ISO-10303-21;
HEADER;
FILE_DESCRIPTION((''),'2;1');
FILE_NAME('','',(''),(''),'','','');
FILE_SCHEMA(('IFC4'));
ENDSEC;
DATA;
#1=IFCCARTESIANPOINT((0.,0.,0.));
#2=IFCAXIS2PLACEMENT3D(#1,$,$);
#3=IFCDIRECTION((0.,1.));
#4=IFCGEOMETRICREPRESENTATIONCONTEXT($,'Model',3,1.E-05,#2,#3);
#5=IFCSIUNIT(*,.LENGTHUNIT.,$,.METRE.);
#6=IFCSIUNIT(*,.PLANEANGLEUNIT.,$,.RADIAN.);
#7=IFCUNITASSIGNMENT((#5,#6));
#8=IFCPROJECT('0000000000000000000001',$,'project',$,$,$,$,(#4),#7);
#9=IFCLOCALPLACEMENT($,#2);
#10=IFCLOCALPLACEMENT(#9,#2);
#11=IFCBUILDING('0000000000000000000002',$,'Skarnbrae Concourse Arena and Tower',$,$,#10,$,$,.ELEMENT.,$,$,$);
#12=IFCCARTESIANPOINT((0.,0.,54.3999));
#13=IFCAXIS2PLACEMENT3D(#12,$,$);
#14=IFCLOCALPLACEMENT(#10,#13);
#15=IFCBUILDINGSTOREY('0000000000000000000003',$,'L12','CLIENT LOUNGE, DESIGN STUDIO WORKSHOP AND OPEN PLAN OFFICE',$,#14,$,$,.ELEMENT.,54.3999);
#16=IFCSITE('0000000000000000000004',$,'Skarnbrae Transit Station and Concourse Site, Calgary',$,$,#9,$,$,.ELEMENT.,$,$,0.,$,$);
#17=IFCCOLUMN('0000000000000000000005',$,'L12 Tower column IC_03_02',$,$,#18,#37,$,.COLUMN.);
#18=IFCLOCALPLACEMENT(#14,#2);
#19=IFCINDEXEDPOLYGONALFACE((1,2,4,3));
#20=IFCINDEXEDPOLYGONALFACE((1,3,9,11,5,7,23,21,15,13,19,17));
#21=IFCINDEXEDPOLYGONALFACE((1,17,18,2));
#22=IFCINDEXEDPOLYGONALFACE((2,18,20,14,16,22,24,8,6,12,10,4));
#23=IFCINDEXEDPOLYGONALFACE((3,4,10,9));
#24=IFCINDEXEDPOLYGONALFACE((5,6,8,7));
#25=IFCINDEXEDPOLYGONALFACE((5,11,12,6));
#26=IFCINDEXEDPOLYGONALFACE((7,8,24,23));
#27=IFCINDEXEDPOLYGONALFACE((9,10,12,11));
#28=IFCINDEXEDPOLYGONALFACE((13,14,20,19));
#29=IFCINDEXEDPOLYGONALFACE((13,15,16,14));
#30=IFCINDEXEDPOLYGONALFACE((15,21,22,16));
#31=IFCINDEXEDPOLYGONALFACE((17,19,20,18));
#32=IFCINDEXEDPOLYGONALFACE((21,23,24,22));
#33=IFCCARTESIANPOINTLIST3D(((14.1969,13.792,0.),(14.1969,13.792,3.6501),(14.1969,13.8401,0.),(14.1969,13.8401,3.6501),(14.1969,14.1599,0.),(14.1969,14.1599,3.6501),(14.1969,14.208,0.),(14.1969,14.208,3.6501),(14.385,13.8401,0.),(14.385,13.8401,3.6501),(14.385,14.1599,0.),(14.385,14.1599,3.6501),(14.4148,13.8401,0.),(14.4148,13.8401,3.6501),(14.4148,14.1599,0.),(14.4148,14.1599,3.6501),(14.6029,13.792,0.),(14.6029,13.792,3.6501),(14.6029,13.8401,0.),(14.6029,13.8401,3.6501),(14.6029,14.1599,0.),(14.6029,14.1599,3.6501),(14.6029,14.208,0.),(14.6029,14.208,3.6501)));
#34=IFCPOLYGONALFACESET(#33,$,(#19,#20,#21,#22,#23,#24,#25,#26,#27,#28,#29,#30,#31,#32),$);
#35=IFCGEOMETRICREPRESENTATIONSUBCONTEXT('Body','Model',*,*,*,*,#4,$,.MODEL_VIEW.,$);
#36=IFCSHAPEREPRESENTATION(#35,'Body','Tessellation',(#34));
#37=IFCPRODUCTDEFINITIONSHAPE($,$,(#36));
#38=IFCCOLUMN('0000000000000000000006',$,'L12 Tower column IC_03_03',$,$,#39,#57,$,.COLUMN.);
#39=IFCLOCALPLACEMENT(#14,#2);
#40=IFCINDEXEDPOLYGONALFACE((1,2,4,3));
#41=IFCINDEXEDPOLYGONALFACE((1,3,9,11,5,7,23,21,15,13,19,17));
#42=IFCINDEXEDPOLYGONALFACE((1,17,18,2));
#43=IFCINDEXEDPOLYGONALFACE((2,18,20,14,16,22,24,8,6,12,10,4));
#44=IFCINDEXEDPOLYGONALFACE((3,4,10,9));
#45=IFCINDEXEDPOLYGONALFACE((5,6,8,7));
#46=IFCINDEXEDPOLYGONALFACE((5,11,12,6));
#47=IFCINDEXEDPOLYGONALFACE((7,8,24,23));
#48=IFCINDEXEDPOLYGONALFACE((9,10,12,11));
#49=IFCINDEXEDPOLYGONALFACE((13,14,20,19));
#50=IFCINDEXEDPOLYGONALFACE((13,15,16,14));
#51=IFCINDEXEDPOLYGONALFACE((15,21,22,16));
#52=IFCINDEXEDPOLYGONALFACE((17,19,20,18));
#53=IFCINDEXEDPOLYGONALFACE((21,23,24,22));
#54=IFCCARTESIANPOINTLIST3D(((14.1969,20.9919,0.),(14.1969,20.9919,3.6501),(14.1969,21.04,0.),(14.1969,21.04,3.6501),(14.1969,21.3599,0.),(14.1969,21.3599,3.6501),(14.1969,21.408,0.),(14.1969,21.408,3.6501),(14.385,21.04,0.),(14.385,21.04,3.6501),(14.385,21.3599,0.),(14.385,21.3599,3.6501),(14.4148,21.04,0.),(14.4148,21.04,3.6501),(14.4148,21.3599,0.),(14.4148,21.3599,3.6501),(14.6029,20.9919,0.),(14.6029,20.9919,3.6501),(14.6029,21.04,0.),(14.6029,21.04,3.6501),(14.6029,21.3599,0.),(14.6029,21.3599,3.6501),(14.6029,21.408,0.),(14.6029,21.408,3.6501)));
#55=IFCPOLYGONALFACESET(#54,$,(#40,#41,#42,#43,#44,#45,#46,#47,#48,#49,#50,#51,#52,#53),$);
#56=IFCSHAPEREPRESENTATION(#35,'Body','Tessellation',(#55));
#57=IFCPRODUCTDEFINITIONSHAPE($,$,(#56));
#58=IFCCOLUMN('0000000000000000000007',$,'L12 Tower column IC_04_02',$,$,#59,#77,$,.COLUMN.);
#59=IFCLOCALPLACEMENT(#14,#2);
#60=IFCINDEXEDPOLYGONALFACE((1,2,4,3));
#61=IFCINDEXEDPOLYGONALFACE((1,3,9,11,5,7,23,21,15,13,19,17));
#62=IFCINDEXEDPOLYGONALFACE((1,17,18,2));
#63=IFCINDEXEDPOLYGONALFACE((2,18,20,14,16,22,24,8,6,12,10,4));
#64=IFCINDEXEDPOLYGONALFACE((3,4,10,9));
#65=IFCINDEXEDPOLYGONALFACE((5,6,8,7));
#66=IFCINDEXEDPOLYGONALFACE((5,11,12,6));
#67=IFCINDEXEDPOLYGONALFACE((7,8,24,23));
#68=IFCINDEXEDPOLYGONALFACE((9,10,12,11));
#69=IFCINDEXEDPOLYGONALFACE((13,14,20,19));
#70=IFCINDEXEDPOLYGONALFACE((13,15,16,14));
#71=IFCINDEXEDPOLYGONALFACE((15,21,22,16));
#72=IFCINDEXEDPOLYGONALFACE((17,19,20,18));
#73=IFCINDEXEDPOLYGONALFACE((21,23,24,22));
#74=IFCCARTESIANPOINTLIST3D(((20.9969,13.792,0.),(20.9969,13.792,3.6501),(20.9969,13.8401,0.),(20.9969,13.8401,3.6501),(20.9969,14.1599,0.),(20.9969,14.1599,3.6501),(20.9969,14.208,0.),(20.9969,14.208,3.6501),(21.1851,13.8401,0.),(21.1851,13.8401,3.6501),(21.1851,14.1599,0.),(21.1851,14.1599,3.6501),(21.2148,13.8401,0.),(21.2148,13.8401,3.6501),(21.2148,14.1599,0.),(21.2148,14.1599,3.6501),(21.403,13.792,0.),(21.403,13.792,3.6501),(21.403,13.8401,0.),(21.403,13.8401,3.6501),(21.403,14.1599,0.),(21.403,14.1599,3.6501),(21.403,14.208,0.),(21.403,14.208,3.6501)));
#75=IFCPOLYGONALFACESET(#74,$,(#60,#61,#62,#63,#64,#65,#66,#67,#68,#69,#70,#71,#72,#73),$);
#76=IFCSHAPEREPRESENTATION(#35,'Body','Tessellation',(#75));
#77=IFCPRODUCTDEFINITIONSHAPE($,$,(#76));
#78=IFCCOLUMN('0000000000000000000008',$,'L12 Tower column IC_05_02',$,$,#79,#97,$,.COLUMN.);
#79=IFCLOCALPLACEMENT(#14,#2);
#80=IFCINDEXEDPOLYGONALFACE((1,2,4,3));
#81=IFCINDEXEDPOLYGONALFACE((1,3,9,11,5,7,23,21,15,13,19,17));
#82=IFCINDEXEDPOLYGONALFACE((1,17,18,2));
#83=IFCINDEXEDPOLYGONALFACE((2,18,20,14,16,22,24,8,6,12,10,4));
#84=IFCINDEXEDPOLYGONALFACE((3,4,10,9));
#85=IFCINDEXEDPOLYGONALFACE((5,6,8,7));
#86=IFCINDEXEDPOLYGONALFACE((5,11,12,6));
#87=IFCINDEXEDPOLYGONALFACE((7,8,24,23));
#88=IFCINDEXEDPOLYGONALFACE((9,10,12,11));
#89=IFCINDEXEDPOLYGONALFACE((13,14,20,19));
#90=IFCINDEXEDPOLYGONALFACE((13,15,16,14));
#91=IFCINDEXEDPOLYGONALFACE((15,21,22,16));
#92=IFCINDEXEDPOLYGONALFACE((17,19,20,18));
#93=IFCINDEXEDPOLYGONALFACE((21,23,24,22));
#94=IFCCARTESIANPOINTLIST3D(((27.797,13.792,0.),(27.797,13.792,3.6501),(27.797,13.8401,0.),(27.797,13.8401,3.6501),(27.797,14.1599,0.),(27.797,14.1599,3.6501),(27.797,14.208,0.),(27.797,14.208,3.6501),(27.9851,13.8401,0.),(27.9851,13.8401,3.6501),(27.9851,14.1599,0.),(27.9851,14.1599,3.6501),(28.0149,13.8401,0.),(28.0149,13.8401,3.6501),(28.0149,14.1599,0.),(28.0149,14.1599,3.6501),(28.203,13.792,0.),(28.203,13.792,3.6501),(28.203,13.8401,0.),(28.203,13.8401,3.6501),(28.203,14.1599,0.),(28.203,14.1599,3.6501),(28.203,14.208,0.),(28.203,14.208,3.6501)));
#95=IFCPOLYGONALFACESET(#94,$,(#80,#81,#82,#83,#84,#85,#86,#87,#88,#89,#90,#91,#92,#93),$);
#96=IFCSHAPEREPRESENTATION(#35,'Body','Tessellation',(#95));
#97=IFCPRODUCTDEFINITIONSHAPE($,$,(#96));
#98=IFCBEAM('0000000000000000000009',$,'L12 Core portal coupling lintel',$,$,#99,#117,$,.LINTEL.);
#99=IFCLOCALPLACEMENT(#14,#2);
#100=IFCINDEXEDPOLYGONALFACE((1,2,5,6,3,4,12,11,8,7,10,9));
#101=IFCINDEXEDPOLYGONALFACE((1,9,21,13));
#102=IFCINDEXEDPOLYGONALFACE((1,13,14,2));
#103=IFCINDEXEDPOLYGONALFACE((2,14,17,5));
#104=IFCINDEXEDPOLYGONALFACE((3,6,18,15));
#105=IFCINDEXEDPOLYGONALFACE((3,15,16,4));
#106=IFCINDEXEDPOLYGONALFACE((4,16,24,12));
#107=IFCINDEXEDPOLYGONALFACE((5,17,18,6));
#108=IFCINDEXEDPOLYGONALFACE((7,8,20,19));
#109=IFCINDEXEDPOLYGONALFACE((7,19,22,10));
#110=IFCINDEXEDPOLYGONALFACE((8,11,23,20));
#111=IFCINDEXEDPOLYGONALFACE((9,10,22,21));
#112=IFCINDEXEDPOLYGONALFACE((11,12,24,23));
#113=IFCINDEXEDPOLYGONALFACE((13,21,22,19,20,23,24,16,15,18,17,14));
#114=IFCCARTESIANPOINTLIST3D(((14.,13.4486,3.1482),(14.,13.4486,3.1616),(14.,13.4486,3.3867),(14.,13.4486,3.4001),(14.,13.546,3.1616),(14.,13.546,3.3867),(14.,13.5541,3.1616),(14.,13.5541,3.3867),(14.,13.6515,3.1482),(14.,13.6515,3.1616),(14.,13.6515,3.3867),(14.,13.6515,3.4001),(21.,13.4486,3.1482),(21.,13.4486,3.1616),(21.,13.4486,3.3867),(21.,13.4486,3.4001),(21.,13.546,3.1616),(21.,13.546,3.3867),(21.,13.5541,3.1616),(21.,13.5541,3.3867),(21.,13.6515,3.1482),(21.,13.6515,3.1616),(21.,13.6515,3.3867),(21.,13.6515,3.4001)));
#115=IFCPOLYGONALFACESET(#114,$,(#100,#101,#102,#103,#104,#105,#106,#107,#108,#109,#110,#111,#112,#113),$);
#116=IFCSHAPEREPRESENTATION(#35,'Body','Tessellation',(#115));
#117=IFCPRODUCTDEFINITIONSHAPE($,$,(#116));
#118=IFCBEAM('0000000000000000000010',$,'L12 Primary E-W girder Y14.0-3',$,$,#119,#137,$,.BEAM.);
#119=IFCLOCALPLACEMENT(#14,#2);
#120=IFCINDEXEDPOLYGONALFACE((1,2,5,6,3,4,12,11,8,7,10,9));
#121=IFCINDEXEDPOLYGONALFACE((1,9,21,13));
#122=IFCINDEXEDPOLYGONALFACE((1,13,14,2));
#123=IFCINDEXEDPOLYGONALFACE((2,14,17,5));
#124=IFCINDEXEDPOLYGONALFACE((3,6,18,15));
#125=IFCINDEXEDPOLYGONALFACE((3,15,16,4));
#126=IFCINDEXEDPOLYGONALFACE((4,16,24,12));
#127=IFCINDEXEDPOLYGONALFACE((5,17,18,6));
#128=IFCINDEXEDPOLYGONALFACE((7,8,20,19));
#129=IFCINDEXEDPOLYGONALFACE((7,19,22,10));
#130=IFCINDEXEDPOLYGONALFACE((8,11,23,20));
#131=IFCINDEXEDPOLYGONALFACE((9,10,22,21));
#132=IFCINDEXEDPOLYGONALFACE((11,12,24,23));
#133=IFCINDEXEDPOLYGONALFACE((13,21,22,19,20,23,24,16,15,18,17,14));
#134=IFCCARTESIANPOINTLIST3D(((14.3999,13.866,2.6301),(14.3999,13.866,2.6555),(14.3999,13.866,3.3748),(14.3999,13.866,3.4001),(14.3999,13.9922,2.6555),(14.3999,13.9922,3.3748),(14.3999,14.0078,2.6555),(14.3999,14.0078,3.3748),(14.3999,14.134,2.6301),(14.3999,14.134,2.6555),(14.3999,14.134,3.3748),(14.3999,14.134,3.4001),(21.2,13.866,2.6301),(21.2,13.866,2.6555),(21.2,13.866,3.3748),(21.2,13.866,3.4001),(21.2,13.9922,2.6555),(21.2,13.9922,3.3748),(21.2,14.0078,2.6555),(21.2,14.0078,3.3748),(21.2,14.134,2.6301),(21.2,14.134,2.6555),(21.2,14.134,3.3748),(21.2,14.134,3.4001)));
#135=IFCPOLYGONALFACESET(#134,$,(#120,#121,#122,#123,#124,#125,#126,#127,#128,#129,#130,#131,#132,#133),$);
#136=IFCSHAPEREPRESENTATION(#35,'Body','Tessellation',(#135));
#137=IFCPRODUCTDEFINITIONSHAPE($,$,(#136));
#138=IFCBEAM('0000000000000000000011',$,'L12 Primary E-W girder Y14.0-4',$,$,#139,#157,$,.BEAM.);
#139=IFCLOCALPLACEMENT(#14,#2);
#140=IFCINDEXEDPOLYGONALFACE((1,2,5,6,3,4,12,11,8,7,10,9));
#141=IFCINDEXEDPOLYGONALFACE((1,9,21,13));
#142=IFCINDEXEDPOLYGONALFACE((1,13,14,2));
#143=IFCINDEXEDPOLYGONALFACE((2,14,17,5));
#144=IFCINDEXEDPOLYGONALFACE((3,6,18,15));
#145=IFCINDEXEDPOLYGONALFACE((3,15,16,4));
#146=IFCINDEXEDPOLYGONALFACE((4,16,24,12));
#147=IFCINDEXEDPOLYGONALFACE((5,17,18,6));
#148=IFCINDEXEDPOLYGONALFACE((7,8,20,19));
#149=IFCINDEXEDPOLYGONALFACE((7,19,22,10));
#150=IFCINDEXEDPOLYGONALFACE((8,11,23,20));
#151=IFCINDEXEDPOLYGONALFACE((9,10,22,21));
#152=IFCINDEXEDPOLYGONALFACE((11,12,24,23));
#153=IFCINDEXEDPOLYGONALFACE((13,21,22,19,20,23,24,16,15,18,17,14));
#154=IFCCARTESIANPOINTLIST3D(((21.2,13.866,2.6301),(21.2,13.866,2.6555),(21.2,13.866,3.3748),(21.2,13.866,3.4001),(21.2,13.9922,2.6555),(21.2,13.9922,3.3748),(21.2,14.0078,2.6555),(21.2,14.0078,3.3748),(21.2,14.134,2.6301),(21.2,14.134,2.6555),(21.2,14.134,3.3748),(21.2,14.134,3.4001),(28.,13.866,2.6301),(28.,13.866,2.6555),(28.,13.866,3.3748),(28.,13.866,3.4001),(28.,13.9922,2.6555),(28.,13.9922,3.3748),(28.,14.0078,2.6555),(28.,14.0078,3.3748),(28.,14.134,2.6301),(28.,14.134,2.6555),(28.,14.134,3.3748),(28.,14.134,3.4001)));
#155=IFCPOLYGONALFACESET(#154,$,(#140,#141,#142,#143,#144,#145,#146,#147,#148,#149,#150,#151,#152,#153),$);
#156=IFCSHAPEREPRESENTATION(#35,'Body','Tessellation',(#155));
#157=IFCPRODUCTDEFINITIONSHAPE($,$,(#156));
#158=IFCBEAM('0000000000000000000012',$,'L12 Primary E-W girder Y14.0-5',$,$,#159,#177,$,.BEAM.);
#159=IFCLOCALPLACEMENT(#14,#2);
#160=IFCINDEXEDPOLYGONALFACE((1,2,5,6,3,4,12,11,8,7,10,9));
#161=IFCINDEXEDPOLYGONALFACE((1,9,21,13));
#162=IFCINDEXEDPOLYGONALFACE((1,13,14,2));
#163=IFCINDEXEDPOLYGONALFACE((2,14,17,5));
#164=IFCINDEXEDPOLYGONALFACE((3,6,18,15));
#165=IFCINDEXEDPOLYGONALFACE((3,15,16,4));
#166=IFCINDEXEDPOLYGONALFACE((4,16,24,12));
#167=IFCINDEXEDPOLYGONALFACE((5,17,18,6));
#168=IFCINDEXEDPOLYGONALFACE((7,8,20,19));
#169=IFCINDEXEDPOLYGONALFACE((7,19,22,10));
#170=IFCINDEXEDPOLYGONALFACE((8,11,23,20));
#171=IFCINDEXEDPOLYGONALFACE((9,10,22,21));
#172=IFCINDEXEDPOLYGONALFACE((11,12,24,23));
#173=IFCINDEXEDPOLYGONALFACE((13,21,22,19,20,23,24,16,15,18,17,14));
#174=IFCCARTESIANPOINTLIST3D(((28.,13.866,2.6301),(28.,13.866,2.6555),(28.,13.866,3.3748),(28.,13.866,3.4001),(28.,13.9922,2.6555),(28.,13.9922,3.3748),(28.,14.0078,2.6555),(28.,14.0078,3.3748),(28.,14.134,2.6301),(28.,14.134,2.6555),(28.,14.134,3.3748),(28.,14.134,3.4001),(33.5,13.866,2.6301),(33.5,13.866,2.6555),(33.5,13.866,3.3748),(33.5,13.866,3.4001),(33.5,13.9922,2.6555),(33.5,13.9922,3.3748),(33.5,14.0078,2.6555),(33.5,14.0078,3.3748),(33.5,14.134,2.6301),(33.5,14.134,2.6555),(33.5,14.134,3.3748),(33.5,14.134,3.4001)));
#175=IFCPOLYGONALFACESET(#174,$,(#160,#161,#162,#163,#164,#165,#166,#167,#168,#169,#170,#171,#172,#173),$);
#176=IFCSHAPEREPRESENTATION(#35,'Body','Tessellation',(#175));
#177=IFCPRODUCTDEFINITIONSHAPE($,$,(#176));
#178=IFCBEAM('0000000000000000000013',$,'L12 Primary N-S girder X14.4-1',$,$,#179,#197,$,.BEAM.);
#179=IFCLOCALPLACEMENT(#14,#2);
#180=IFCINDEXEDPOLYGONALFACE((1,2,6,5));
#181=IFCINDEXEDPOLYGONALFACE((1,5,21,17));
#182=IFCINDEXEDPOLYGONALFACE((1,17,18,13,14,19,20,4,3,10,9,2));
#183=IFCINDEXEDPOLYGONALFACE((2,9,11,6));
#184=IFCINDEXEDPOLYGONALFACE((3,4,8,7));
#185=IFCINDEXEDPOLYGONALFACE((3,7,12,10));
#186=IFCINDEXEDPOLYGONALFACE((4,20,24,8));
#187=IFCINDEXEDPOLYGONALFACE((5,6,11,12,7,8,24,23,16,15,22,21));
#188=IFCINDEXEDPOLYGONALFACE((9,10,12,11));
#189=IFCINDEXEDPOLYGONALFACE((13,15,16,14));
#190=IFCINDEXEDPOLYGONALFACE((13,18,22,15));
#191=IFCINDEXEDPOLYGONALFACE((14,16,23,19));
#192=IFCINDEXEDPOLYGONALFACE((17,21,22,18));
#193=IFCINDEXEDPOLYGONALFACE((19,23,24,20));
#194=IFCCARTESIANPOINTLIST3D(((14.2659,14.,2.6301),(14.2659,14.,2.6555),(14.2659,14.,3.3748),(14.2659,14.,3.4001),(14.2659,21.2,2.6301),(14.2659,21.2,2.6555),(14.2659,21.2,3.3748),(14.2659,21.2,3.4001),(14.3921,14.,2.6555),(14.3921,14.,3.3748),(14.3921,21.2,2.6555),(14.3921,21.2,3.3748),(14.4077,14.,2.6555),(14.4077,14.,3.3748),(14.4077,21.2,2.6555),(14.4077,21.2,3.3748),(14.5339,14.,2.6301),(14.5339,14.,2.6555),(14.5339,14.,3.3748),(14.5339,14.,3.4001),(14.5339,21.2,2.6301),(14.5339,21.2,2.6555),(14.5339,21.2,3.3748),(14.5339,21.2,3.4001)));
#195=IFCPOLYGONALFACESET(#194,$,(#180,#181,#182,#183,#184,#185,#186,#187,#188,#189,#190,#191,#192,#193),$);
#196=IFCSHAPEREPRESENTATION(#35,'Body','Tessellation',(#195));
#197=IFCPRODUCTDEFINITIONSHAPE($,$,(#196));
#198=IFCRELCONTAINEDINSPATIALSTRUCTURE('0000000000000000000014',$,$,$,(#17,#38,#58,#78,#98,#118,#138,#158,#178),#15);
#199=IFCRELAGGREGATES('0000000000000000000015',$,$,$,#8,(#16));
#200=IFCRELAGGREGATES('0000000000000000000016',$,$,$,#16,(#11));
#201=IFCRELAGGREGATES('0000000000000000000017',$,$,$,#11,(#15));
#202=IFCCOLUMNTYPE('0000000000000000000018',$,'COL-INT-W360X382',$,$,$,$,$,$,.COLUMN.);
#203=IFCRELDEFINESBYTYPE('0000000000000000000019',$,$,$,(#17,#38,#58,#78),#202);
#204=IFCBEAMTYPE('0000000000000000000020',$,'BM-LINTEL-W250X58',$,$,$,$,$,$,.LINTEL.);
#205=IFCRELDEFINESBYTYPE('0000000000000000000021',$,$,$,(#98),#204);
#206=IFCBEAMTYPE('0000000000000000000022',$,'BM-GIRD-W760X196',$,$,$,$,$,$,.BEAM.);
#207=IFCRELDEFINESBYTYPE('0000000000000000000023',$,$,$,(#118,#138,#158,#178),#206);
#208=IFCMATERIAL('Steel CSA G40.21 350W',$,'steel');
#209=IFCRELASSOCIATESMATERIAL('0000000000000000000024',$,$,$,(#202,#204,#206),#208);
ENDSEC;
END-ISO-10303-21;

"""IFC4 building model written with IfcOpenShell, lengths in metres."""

from ifc_helpers import new_model, si_unit, direction, frame, origin, origin_2d, place, context, subcontext, project, spatial, i_section, extrude, source, transform, mapped, material, material_profile, profile_set, type_object, element, save


model = new_model("IFC4")

# Units and contexts
model_context = context("Model", 3, precision=1e-05, world=origin(), true_north=direction((0.0, 1.0)))
body_context = subcontext(model_context, "Body", "Model", "MODEL_VIEW")
ifc_project = project(units=[si_unit("LENGTHUNIT", "METRE"), si_unit("PLANEANGLEUNIT", "RADIAN")], contexts=[model_context])

# Site, building, storey
site_placement = place(None, origin())
site = spatial("IfcSite", under=ifc_project, at=site_placement, Name="Skarnbrae Transit Station and Concourse Site, Calgary", CompositionType="ELEMENT", RefElevation=0.0)
building_placement = place(site_placement, origin())
building = spatial("IfcBuilding", under=site, at=building_placement, Name="Skarnbrae Concourse Arena and Tower", CompositionType="ELEMENT")
storey_placement = place(building_placement, frame((0.0, 0.0, 54.3999)))
storey = spatial("IfcBuildingStorey", under=building, at=storey_placement, Name="L12", Description="CLIENT LOUNGE, DESIGN STUDIO WORKSHOP AND OPEN PLAN OFFICE", CompositionType="ELEMENT", Elevation=54.3999)

# Columns
ifc_material_1 = material(Name="Steel CSA G40.21 350W", Category="steel")
ifc_material_profile_1 = material_profile(ifc_material_1, i_section(OverallWidth=0.406, OverallDepth=0.416, WebThickness=0.0298, FlangeThickness=0.0481, at=origin_2d()), Name="W360X382")
ifc_profile_set_1 = profile_set([ifc_material_profile_1], Name="Steel CSA G40.21 350W")
column_type = type_object("IfcColumnType", Name="COL-INT-W360X382", PredefinedType="COLUMN", material=ifc_profile_set_1)
shared_shape_1 = source(origin(), body_context, "Body", "SweptSolid", [
    extrude(i_section(OverallWidth=0.406, OverallDepth=0.416, WebThickness=0.0298, FlangeThickness=0.0481, at=origin_2d()), origin(), (0.0, 0.0, 1.0), 3.6501),
])
for number, where, z_axis, x_axis, name in (
    (1, (14.3999, 14.0, 0.0), (0.0, 0.0, 1.0), (1.0, 0.0, 0.0), "L12 Tower column IC_03_02"),
    (2, (14.3999, 21.2, 0.0), (0.0, 0.0, 1.0), (1.0, 0.0, 0.0), "L12 Tower column IC_03_03"),
    (3, (21.2, 14.0, 0.0), (0.0, 0.0, 1.0), (1.0, 0.0, 0.0), "L12 Tower column IC_04_02"),
    (4, (28.0, 14.0, 0.0), (0.0, 0.0, 1.0), (1.0, 0.0, 0.0), "L12 Tower column IC_05_02"),
):
    element("IfcColumn", number, at=place(storey_placement, frame(where, z_axis=z_axis, x_axis=x_axis)), inside=storey, type_object=column_type, Name=name, PredefinedType="COLUMN", context=body_context, shape_type="MappedRepresentation", body=[
        mapped(shared_shape_1, transform((0.0, 0.0, 0.0))),
    ])

# Beams
ifc_material_profile_2 = material_profile(ifc_material_1, i_section(OverallWidth=0.2029, OverallDepth=0.252, WebThickness=0.0081, FlangeThickness=0.0134, at=origin_2d()), Name="W250X58")
ifc_profile_set_2 = profile_set([ifc_material_profile_2], Name="Steel CSA G40.21 350W")
beam_type_1 = type_object("IfcBeamType", Name="BM-LINTEL-W250X58", PredefinedType="LINTEL", material=ifc_profile_set_2)
shared_shape_2 = source(origin(), body_context, "Body", "SweptSolid", [
    extrude(i_section(OverallWidth=0.2029, OverallDepth=0.252, WebThickness=0.0081, FlangeThickness=0.0134, at=origin_2d()), origin(), (0.0, 0.0, 1.0), 7.0),
])
beam_1_placement = place(storey_placement, frame((14.0, 13.55, 3.2742), z_axis=(1.0, 0.0, 0.0), x_axis=(0.0, 1.0, 0.0)))
element("IfcBeam", 5, at=beam_1_placement, inside=storey, type_object=beam_type_1, Name="L12 Core portal coupling lintel", PredefinedType="LINTEL", context=body_context, shape_type="MappedRepresentation", body=[
    mapped(shared_shape_2, transform((0.0, 0.0, 0.0))),
])
ifc_material_profile_3 = material_profile(ifc_material_1, i_section(OverallWidth=0.2681, OverallDepth=0.77, WebThickness=0.0156, FlangeThickness=0.0254, at=origin_2d()), Name="W760X196")
ifc_profile_set_3 = profile_set([ifc_material_profile_3], Name="Steel CSA G40.21 350W")
beam_type_2 = type_object("IfcBeamType", Name="BM-GIRD-W760X196", PredefinedType="BEAM", material=ifc_profile_set_3)
shared_shape_3 = source(origin(), body_context, "Body", "SweptSolid", [
    extrude(i_section(OverallWidth=0.2681, OverallDepth=0.77, WebThickness=0.0156, FlangeThickness=0.0254, at=origin_2d()), origin(), (0.0, 0.0, 1.0), 6.8),
])
for number, where, z_axis, x_axis, name in (
    (6, (14.3999, 14.0, 3.0151), (1.0, 0.0, 0.0), (0.0, 1.0, 0.0), "L12 Primary E-W girder Y14.0-3"),
    (7, (21.2, 14.0, 3.0151), (1.0, 0.0, 0.0), (0.0, 1.0, 0.0), "L12 Primary E-W girder Y14.0-4"),
):
    element("IfcBeam", number, at=place(storey_placement, frame(where, z_axis=z_axis, x_axis=x_axis)), inside=storey, type_object=beam_type_2, Name=name, PredefinedType="BEAM", context=body_context, shape_type="MappedRepresentation", body=[
        mapped(shared_shape_3, transform((0.0, 0.0, 0.0))),
    ])
shared_shape_4 = source(origin(), body_context, "Body", "SweptSolid", [
    extrude(i_section(OverallWidth=0.2681, OverallDepth=0.77, WebThickness=0.0156, FlangeThickness=0.0254, at=origin_2d()), origin(), (0.0, 0.0, 1.0), 5.5),
])
beam_2_placement = place(storey_placement, frame((28.0, 14.0, 3.0151), z_axis=(1.0, 0.0, 0.0), x_axis=(0.0, 1.0, 0.0)))
element("IfcBeam", 8, at=beam_2_placement, inside=storey, type_object=beam_type_2, Name="L12 Primary E-W girder Y14.0-5", PredefinedType="BEAM", context=body_context, shape_type="MappedRepresentation", body=[
    mapped(shared_shape_4, transform((0.0, 0.0, 0.0))),
])
shared_shape_5 = source(origin(), body_context, "Body", "SweptSolid", [
    extrude(i_section(OverallWidth=0.2681, OverallDepth=0.77, WebThickness=0.0156, FlangeThickness=0.0254, at=origin_2d()), origin(), (0.0, 0.0, 1.0), 7.2),
])
for number, where, z_axis, x_axis, name in (
    (9, (14.3999, 14.0, 3.0151), (0.0, 1.0, 0.0), (-1.0, 0.0, 0.0), "L12 Primary N-S girder X14.4-1"),
):
    element("IfcBeam", number, at=place(storey_placement, frame(where, z_axis=z_axis, x_axis=x_axis)), inside=storey, type_object=beam_type_2, Name=name, PredefinedType="BEAM", context=body_context, shape_type="MappedRepresentation", body=[
        mapped(shared_shape_5, transform((0.0, 0.0, 0.0))),
    ])

save(model, "model.ifc")
